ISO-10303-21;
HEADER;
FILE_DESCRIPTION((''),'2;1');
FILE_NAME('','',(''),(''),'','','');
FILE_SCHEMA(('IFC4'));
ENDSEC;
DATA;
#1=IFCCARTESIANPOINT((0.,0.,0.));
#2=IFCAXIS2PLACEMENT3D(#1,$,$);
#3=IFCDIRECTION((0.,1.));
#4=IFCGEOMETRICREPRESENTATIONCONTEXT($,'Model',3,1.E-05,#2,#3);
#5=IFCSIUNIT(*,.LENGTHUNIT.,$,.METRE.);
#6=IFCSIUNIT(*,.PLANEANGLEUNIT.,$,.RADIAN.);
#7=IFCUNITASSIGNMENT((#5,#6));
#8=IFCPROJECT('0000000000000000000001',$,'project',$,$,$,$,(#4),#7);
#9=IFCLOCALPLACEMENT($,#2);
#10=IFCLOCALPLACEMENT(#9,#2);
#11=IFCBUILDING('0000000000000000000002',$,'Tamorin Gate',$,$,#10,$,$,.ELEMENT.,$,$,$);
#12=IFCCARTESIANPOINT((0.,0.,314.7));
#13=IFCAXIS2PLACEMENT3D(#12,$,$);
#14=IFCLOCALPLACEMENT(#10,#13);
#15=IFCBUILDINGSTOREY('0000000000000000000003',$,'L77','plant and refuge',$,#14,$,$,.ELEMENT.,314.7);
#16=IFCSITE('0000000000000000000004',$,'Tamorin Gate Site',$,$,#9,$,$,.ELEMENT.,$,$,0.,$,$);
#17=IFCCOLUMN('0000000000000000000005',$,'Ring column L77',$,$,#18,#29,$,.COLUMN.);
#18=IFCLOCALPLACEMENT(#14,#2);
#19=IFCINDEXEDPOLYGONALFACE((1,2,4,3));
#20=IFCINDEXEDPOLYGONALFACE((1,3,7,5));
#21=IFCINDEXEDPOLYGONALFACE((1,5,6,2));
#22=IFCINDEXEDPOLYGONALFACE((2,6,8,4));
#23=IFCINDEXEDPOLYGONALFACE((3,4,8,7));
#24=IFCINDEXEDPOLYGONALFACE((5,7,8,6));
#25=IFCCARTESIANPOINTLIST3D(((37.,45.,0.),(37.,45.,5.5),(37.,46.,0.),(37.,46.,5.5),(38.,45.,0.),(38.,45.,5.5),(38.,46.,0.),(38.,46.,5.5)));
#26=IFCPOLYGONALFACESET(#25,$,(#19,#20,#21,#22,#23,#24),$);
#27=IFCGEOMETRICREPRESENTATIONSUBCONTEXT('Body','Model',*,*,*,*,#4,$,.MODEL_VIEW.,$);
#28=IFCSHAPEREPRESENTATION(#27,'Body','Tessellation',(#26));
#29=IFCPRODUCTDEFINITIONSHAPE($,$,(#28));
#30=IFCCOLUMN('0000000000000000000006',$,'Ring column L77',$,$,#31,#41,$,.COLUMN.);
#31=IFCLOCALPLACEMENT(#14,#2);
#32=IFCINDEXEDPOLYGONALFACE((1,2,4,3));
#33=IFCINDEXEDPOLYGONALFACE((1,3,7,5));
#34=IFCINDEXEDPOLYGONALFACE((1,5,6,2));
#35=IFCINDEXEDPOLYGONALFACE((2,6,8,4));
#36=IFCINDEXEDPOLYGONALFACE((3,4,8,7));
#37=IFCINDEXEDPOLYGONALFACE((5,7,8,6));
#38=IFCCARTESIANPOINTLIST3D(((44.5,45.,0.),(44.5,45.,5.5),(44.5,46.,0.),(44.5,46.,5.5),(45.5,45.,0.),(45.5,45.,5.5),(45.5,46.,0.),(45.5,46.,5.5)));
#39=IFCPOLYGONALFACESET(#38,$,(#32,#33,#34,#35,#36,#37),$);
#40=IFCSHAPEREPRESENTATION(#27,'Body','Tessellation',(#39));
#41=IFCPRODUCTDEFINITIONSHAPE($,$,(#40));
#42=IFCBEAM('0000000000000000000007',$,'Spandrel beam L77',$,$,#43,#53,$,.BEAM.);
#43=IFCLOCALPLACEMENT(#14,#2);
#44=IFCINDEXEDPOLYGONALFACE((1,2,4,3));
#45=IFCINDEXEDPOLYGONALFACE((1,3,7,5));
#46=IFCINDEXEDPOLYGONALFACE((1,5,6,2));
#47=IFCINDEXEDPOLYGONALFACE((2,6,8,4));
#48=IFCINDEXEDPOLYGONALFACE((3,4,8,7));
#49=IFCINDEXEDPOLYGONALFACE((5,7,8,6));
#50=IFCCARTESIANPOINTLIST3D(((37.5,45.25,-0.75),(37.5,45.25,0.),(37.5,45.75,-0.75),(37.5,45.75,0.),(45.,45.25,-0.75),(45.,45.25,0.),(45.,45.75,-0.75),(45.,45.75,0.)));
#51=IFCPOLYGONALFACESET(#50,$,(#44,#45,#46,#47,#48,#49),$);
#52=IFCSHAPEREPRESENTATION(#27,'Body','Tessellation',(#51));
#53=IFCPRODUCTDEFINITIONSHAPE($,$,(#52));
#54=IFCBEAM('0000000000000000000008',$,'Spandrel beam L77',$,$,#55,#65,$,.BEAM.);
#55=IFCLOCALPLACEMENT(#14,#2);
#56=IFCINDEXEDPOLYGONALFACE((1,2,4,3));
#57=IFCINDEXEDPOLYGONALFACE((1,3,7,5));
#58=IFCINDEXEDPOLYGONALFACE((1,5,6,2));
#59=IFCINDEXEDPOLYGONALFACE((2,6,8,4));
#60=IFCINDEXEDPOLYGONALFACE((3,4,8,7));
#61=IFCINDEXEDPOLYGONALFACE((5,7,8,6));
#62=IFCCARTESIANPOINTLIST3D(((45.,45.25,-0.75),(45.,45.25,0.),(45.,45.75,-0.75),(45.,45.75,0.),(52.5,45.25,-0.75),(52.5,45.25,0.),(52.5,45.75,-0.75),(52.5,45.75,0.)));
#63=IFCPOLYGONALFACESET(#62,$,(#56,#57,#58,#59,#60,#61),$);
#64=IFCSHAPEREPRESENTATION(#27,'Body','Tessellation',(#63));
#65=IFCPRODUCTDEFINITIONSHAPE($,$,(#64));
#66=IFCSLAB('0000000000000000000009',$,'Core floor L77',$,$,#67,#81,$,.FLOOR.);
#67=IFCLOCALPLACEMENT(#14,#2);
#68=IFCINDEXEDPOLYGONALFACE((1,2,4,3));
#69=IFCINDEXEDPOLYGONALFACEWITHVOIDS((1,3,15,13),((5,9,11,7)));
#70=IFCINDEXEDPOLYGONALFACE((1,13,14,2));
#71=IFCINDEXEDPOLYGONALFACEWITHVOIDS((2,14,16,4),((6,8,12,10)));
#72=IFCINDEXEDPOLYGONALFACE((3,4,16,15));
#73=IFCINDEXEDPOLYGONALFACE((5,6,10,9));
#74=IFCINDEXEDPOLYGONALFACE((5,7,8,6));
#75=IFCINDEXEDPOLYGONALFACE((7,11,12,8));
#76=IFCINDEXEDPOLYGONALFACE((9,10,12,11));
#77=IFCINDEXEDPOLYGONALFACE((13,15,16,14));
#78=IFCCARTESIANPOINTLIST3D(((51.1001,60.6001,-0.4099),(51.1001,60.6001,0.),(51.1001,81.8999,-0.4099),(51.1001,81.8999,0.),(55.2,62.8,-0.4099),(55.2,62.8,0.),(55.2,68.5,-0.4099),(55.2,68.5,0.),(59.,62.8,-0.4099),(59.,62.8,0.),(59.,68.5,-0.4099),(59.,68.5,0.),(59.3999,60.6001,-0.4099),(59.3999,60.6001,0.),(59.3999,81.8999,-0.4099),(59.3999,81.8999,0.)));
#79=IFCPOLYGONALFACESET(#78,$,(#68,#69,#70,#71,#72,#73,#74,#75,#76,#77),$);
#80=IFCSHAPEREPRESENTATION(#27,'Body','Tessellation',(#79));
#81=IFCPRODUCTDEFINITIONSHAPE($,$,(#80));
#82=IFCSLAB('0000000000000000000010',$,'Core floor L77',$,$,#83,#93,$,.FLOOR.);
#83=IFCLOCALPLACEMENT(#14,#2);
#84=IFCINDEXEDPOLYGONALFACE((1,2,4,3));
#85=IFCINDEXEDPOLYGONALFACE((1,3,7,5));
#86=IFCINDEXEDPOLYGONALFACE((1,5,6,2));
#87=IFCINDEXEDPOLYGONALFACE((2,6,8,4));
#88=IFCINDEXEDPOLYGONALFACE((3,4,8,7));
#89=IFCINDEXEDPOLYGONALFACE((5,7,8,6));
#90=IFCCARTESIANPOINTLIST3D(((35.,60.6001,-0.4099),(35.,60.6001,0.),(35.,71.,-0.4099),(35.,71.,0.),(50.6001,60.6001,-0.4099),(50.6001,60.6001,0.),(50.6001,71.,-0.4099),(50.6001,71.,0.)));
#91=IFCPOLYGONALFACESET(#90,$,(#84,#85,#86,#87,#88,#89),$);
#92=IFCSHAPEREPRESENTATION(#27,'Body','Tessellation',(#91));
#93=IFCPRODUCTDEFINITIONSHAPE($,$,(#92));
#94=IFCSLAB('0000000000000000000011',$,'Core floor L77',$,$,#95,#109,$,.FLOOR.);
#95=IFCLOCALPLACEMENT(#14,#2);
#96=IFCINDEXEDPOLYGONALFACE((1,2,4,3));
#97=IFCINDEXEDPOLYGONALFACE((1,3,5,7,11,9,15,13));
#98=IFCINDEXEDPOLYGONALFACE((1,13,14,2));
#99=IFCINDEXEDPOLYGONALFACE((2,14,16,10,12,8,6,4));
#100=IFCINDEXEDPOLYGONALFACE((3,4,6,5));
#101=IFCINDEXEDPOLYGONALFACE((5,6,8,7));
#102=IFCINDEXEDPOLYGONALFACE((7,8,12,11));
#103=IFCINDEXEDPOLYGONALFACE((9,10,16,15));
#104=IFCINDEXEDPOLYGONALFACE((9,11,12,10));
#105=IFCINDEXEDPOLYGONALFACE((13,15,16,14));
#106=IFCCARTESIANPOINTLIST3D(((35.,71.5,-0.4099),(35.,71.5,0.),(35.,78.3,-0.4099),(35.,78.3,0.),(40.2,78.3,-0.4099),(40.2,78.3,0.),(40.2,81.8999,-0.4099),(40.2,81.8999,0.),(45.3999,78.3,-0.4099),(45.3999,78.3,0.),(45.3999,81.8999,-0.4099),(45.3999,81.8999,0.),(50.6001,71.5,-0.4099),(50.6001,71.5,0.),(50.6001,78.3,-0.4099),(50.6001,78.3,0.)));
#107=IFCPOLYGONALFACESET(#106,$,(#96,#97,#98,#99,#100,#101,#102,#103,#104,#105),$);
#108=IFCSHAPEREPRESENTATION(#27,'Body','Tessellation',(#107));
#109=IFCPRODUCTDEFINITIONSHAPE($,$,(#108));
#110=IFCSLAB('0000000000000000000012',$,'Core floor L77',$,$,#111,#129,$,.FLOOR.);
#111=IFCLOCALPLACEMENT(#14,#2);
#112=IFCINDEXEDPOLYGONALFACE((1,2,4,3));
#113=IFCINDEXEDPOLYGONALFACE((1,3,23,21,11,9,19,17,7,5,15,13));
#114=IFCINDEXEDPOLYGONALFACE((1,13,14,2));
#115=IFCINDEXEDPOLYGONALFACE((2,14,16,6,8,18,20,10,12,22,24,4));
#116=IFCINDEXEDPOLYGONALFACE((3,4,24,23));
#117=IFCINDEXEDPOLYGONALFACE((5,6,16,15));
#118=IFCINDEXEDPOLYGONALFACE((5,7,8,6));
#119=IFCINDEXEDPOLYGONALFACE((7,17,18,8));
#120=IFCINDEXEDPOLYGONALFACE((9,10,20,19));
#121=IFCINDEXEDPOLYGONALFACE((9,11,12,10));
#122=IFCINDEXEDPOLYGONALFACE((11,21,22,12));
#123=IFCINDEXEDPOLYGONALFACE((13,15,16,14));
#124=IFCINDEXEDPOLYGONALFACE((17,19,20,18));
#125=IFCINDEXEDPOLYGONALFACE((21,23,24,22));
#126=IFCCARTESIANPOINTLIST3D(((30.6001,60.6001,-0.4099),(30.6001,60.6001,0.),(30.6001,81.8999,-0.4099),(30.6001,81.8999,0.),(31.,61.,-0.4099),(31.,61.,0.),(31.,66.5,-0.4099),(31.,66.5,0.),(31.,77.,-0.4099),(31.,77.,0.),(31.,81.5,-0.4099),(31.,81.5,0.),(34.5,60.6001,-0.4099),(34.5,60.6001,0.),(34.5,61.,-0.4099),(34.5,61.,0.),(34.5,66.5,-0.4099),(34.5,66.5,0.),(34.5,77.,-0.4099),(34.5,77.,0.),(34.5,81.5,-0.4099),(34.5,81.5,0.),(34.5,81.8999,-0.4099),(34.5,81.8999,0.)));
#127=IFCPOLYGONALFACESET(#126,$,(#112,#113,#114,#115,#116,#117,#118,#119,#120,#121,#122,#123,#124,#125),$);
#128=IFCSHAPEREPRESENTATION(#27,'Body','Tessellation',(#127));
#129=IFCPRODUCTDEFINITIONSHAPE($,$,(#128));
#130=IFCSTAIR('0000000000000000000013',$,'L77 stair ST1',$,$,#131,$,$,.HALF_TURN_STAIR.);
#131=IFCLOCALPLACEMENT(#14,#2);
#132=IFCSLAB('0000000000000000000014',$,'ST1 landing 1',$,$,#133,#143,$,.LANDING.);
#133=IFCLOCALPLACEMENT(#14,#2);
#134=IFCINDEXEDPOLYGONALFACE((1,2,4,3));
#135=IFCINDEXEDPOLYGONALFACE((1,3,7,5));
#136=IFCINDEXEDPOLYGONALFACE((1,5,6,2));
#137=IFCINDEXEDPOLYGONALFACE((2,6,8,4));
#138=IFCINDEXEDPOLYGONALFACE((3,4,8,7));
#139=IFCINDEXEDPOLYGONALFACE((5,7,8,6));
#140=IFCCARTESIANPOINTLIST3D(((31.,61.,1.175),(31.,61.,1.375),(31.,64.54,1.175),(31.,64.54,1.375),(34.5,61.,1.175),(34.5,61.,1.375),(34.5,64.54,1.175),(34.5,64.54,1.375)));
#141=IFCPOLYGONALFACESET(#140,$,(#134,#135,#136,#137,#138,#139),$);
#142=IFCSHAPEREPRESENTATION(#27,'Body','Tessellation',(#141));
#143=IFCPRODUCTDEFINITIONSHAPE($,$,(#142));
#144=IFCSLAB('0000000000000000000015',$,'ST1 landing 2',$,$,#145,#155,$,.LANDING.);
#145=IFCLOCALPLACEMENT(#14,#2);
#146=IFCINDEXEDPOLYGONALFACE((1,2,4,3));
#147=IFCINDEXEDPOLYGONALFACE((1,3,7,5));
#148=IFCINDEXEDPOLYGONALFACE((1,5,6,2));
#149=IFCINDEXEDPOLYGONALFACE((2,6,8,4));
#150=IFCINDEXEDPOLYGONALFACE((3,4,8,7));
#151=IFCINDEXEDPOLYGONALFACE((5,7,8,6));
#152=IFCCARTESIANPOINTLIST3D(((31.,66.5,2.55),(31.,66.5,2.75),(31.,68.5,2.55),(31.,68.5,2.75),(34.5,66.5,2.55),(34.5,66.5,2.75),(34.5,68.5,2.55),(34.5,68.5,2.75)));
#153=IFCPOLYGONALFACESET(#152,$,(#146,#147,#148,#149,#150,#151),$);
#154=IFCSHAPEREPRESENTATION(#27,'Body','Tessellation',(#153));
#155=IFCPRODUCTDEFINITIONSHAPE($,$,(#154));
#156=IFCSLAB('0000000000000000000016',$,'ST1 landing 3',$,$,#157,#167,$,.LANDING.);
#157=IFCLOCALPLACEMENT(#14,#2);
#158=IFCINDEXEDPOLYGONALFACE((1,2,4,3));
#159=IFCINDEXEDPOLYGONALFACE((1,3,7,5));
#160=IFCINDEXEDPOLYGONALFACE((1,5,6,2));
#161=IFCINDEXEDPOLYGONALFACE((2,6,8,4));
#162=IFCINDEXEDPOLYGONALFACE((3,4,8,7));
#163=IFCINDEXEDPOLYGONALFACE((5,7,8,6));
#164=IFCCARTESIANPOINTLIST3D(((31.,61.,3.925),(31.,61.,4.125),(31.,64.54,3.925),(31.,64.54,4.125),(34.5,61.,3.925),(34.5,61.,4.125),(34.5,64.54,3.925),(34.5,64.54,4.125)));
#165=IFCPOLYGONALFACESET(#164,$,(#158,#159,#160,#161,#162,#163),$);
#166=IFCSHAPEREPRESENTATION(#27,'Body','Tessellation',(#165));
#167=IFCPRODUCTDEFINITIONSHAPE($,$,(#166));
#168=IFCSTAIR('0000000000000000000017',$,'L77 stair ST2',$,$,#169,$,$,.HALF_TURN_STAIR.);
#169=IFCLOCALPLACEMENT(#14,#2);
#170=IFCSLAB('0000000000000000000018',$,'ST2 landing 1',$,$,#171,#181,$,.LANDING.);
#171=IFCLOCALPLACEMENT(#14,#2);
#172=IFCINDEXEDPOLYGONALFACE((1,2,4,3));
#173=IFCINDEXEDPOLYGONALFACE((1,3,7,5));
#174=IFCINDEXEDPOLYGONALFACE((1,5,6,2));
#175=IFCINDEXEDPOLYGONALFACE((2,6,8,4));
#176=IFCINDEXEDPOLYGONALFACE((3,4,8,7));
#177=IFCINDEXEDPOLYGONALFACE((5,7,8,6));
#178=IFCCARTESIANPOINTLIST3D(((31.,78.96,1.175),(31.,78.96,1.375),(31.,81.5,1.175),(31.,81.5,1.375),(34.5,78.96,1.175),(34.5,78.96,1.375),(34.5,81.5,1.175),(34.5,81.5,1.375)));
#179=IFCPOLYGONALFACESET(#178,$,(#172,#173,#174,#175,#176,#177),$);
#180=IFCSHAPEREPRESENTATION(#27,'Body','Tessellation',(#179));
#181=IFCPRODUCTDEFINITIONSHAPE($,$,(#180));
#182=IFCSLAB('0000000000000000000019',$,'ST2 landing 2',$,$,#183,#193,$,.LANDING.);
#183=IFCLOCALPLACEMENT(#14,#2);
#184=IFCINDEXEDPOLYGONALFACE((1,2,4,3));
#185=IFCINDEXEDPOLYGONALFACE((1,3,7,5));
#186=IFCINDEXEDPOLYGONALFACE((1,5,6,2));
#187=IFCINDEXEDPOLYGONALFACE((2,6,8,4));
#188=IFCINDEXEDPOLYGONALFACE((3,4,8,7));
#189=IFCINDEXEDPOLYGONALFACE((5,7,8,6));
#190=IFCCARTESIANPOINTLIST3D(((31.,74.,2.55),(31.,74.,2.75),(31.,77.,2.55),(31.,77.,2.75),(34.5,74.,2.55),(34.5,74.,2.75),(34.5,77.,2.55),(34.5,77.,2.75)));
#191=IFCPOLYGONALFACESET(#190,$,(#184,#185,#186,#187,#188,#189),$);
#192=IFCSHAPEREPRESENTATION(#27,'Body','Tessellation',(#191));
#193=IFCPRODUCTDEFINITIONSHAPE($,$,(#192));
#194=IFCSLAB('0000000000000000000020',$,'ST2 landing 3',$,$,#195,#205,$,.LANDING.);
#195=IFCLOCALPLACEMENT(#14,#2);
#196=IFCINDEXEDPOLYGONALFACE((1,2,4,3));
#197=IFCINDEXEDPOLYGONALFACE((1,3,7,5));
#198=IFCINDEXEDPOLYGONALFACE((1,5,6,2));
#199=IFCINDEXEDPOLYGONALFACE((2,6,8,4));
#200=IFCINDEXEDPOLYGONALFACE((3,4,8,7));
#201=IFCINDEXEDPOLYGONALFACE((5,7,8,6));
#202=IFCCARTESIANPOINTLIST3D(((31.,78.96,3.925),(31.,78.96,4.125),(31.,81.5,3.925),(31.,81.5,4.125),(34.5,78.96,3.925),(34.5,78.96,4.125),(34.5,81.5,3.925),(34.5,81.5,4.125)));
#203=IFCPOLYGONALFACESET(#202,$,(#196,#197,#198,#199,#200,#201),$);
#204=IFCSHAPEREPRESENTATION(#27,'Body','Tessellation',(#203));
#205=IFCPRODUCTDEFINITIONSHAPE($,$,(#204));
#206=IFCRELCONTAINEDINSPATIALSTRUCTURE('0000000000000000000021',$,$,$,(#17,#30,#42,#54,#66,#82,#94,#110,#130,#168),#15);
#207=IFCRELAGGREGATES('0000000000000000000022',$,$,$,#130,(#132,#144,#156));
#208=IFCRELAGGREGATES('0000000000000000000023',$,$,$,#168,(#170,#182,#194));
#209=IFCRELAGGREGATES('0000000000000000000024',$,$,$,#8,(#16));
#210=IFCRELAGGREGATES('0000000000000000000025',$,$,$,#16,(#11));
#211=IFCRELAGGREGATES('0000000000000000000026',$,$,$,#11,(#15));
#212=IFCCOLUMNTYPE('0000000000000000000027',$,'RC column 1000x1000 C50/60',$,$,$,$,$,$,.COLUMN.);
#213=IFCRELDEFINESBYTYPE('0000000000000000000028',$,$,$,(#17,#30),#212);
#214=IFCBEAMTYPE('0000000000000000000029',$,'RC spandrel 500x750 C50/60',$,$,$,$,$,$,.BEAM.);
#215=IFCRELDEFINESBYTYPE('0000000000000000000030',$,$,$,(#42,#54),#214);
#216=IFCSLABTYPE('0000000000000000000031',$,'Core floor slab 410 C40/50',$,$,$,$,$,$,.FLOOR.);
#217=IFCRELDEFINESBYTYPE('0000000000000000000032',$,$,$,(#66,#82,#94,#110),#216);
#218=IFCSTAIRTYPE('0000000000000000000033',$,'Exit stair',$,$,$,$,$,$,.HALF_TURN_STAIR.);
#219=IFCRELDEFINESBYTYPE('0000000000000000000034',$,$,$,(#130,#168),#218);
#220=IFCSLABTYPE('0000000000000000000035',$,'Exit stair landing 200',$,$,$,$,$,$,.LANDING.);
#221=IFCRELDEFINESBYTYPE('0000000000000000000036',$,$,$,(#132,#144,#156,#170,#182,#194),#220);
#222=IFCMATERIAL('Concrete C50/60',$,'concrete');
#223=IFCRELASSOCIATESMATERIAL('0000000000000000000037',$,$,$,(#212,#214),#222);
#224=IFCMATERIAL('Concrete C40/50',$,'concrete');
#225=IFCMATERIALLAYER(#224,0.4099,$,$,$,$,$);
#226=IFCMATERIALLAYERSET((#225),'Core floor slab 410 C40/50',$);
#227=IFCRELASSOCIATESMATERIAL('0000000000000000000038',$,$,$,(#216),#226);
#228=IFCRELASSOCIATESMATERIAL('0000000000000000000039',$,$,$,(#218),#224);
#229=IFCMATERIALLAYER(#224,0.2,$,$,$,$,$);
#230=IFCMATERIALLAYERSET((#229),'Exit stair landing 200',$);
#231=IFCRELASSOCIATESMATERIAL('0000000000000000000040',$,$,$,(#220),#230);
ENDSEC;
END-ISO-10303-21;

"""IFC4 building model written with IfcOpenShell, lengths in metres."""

from ifc_helpers import new_model, si_unit, direction, frame, origin, origin_2d, place, context, subcontext, project, spatial, polyline, rectangle, outline, extrude, material, layer, layer_set, material_profile, profile_set, type_object, element, aggregate, save


model = new_model("IFC4")

# Units and contexts
model_context = context("Model", 3, precision=1e-05, world=origin(), true_north=direction((0.0, 1.0)))
body_context = subcontext(model_context, "Body", "Model", "MODEL_VIEW")
ifc_project = project(units=[si_unit("LENGTHUNIT", "METRE"), si_unit("PLANEANGLEUNIT", "RADIAN")], contexts=[model_context])

# Site, building, storey
site_placement = place(None, origin())
site = spatial("IfcSite", under=ifc_project, at=site_placement, Name="Tamorin Gate Site", CompositionType="ELEMENT", RefElevation=0.0)
building_placement = place(site_placement, origin())
building = spatial("IfcBuilding", under=site, at=building_placement, Name="Tamorin Gate", CompositionType="ELEMENT")
storey_placement = place(building_placement, frame((0.0, 0.0, 314.7)))
storey = spatial("IfcBuildingStorey", under=building, at=storey_placement, Name="L77", Description="plant and refuge", CompositionType="ELEMENT", Elevation=314.7)

# Columns
ifc_material_1 = material(Name="Concrete C50/60", Category="concrete")
ifc_material_profile_1 = material_profile(ifc_material_1, rectangle(XDim=1.0, YDim=1.0, at=origin_2d()), Name="RC 1000x1000")
ifc_profile_set_1 = profile_set([ifc_material_profile_1], Name="Concrete C50/60")
column_type = type_object("IfcColumnType", Name="RC column 1000x1000 C50/60", PredefinedType="COLUMN", material=ifc_profile_set_1)
for number, where, z_axis, x_axis, name in (
    (1, (37.5, 45.5, 0.0), (0.0, 0.0, 1.0), (1.0, 0.0, 0.0), "Ring column L77"),
    (2, (45.0, 45.5, 0.0), (0.0, 0.0, 1.0), (1.0, 0.0, 0.0), "Ring column L77"),
):
    element("IfcColumn", number, at=place(storey_placement, frame(where, z_axis=z_axis, x_axis=x_axis)), inside=storey, type_object=column_type, Name=name, PredefinedType="COLUMN", context=body_context, shape_type="SweptSolid", body=[
        extrude(rectangle(XDim=1.0, YDim=1.0, at=origin_2d()), origin(), (0.0, 0.0, 1.0), 5.5),
    ])

# Beams
ifc_material_profile_2 = material_profile(ifc_material_1, rectangle(XDim=0.5, YDim=0.75, at=origin_2d()), Name="RC 500x750")
ifc_profile_set_2 = profile_set([ifc_material_profile_2], Name="Concrete C50/60")
beam_type = type_object("IfcBeamType", Name="RC spandrel 500x750 C50/60", PredefinedType="BEAM", material=ifc_profile_set_2)
for number, where, z_axis, x_axis, name in (
    (3, (37.5, 45.5, -0.375), (1.0, 0.0, 0.0), (0.0, 1.0, 0.0), "Spandrel beam L77"),
    (4, (45.0, 45.5, -0.375), (1.0, 0.0, 0.0), (0.0, 1.0, 0.0), "Spandrel beam L77"),
):
    element("IfcBeam", number, at=place(storey_placement, frame(where, z_axis=z_axis, x_axis=x_axis)), inside=storey, type_object=beam_type, Name=name, PredefinedType="BEAM", context=body_context, shape_type="SweptSolid", body=[
        extrude(rectangle(XDim=0.5, YDim=0.75, at=origin_2d()), origin(), (0.0, 0.0, 1.0), 7.5),
    ])

# Slabs
ifc_material_2 = material(Name="Concrete C40/50", Category="concrete")
ifc_layer_1 = layer(ifc_material_2, 0.4099)
ifc_layer_set_1 = layer_set([ifc_layer_1], Name="Core floor slab 410 C40/50")
slab_type_1 = type_object("IfcSlabType", Name="Core floor slab 410 C40/50", PredefinedType="FLOOR", material=ifc_layer_set_1)
slab_1_placement = place(storey_placement, frame((0.0, 0.0, -0.4099)))
element("IfcSlab", 5, at=slab_1_placement, inside=storey, type_object=slab_type_1, Name="Core floor L77", PredefinedType="FLOOR", context=body_context, shape_type="SweptSolid", body=[
    extrude(outline(polyline([(51.1001, 81.8999), (59.3999, 81.8999), (59.3999, 60.6001), (51.1001, 60.6001), (51.1001, 81.8999)]), holes=[polyline([(55.2, 62.8), (59.0, 62.8), (59.0, 68.5), (55.2, 68.5), (55.2, 62.8)])]), origin(), (0.0, 0.0, 1.0), 0.4099),
])
slab_2_placement = place(storey_placement, frame((0.0, 0.0, -0.4099)))
element("IfcSlab", 6, at=slab_2_placement, inside=storey, type_object=slab_type_1, Name="Core floor L77", PredefinedType="FLOOR", context=body_context, shape_type="SweptSolid", body=[
    extrude(outline(polyline([(50.6001, 71.0), (50.6001, 60.6001), (35.0, 60.6001), (35.0, 71.0), (50.6001, 71.0)])), origin(), (0.0, 0.0, 1.0), 0.4099),
])
slab_3_placement = place(storey_placement, frame((0.0, 0.0, -0.4099)))
element("IfcSlab", 7, at=slab_3_placement, inside=storey, type_object=slab_type_1, Name="Core floor L77", PredefinedType="FLOOR", context=body_context, shape_type="SweptSolid", body=[
    extrude(outline(polyline([(40.2, 78.3), (40.2, 81.8999), (45.3999, 81.8999), (45.3999, 78.3), (50.6001, 78.3), (50.6001, 71.5), (35.0, 71.5), (35.0, 78.3), (40.2, 78.3)])), origin(), (0.0, 0.0, 1.0), 0.4099),
])
slab_4_placement = place(storey_placement, frame((0.0, 0.0, -0.4099)))
element("IfcSlab", 8, at=slab_4_placement, inside=storey, type_object=slab_type_1, Name="Core floor L77", PredefinedType="FLOOR", context=body_context, shape_type="SweptSolid", body=[
    extrude(outline(polyline([(34.5, 60.6001), (30.6001, 60.6001), (30.6001, 81.8999), (34.5, 81.8999), (34.5, 81.5), (31.0, 81.5), (31.0, 77.0), (34.5, 77.0), (34.5, 66.5), (31.0, 66.5), (31.0, 61.0), (34.5, 61.0), (34.5, 60.6001)])), origin(), (0.0, 0.0, 1.0), 0.4099),
])

# Stairs, slabs
stair_type = type_object("IfcStairType", Name="Exit stair", PredefinedType="HALF_TURN_STAIR", material=ifc_material_2)
stair_1_placement = place(storey_placement, origin())
stair_1 = element("IfcStair", 9, at=stair_1_placement, inside=storey, type_object=stair_type, Name="L77 stair ST1", PredefinedType="HALF_TURN_STAIR")
ifc_layer_2 = layer(ifc_material_2, 0.2)
ifc_layer_set_2 = layer_set([ifc_layer_2], Name="Exit stair landing 200")
slab_type_2 = type_object("IfcSlabType", Name="Exit stair landing 200", PredefinedType="LANDING", material=ifc_layer_set_2)
slab_5_placement = place(storey_placement, frame((0.0, 0.0, 1.175)))
slab_5 = element("IfcSlab", 10, at=slab_5_placement, type_object=slab_type_2, Name="ST1 landing 1", PredefinedType="LANDING", context=body_context, shape_type="SweptSolid", body=[
    extrude(outline(polyline([(31.0, 64.54), (31.0, 61.0), (34.5, 61.0), (34.5, 64.54), (31.0, 64.54)])), origin(), (0.0, 0.0, 1.0), 0.2),
])
slab_6_placement = place(storey_placement, frame((0.0, 0.0, 2.55)))
slab_6 = element("IfcSlab", 11, at=slab_6_placement, type_object=slab_type_2, Name="ST1 landing 2", PredefinedType="LANDING", context=body_context, shape_type="SweptSolid", body=[
    extrude(outline(polyline([(31.0, 68.5), (31.0, 66.5), (34.5, 66.5), (34.5, 68.5), (31.0, 68.5)])), origin(), (0.0, 0.0, 1.0), 0.2),
])
slab_7_placement = place(storey_placement, frame((0.0, 0.0, 3.925)))
slab_7 = element("IfcSlab", 12, at=slab_7_placement, type_object=slab_type_2, Name="ST1 landing 3", PredefinedType="LANDING", context=body_context, shape_type="SweptSolid", body=[
    extrude(outline(polyline([(31.0, 64.54), (31.0, 61.0), (34.5, 61.0), (34.5, 64.54), (31.0, 64.54)])), origin(), (0.0, 0.0, 1.0), 0.2),
])
aggregate(stair_1, [slab_5, slab_6, slab_7])
stair_2_placement = place(storey_placement, origin())
stair_2 = element("IfcStair", 13, at=stair_2_placement, inside=storey, type_object=stair_type, Name="L77 stair ST2", PredefinedType="HALF_TURN_STAIR")
slab_8_placement = place(storey_placement, frame((0.0, 0.0, 1.175)))
slab_8 = element("IfcSlab", 14, at=slab_8_placement, type_object=slab_type_2, Name="ST2 landing 1", PredefinedType="LANDING", context=body_context, shape_type="SweptSolid", body=[
    extrude(outline(polyline([(34.5, 78.96), (34.5, 81.5), (31.0, 81.5), (31.0, 78.96), (34.5, 78.96)])), origin(), (0.0, 0.0, 1.0), 0.2),
])
slab_9_placement = place(storey_placement, frame((0.0, 0.0, 2.55)))
slab_9 = element("IfcSlab", 15, at=slab_9_placement, type_object=slab_type_2, Name="ST2 landing 2", PredefinedType="LANDING", context=body_context, shape_type="SweptSolid", body=[
    extrude(outline(polyline([(34.5, 74.0), (34.5, 77.0), (31.0, 77.0), (31.0, 74.0), (34.5, 74.0)])), origin(), (0.0, 0.0, 1.0), 0.2),
])
slab_10_placement = place(storey_placement, frame((0.0, 0.0, 3.925)))
slab_10 = element("IfcSlab", 16, at=slab_10_placement, type_object=slab_type_2, Name="ST2 landing 3", PredefinedType="LANDING", context=body_context, shape_type="SweptSolid", body=[
    extrude(outline(polyline([(34.5, 78.96), (34.5, 81.5), (31.0, 81.5), (31.0, 78.96), (34.5, 78.96)])), origin(), (0.0, 0.0, 1.0), 0.2),
])
aggregate(stair_2, [slab_8, slab_9, slab_10])

save(model, "model.ifc")
